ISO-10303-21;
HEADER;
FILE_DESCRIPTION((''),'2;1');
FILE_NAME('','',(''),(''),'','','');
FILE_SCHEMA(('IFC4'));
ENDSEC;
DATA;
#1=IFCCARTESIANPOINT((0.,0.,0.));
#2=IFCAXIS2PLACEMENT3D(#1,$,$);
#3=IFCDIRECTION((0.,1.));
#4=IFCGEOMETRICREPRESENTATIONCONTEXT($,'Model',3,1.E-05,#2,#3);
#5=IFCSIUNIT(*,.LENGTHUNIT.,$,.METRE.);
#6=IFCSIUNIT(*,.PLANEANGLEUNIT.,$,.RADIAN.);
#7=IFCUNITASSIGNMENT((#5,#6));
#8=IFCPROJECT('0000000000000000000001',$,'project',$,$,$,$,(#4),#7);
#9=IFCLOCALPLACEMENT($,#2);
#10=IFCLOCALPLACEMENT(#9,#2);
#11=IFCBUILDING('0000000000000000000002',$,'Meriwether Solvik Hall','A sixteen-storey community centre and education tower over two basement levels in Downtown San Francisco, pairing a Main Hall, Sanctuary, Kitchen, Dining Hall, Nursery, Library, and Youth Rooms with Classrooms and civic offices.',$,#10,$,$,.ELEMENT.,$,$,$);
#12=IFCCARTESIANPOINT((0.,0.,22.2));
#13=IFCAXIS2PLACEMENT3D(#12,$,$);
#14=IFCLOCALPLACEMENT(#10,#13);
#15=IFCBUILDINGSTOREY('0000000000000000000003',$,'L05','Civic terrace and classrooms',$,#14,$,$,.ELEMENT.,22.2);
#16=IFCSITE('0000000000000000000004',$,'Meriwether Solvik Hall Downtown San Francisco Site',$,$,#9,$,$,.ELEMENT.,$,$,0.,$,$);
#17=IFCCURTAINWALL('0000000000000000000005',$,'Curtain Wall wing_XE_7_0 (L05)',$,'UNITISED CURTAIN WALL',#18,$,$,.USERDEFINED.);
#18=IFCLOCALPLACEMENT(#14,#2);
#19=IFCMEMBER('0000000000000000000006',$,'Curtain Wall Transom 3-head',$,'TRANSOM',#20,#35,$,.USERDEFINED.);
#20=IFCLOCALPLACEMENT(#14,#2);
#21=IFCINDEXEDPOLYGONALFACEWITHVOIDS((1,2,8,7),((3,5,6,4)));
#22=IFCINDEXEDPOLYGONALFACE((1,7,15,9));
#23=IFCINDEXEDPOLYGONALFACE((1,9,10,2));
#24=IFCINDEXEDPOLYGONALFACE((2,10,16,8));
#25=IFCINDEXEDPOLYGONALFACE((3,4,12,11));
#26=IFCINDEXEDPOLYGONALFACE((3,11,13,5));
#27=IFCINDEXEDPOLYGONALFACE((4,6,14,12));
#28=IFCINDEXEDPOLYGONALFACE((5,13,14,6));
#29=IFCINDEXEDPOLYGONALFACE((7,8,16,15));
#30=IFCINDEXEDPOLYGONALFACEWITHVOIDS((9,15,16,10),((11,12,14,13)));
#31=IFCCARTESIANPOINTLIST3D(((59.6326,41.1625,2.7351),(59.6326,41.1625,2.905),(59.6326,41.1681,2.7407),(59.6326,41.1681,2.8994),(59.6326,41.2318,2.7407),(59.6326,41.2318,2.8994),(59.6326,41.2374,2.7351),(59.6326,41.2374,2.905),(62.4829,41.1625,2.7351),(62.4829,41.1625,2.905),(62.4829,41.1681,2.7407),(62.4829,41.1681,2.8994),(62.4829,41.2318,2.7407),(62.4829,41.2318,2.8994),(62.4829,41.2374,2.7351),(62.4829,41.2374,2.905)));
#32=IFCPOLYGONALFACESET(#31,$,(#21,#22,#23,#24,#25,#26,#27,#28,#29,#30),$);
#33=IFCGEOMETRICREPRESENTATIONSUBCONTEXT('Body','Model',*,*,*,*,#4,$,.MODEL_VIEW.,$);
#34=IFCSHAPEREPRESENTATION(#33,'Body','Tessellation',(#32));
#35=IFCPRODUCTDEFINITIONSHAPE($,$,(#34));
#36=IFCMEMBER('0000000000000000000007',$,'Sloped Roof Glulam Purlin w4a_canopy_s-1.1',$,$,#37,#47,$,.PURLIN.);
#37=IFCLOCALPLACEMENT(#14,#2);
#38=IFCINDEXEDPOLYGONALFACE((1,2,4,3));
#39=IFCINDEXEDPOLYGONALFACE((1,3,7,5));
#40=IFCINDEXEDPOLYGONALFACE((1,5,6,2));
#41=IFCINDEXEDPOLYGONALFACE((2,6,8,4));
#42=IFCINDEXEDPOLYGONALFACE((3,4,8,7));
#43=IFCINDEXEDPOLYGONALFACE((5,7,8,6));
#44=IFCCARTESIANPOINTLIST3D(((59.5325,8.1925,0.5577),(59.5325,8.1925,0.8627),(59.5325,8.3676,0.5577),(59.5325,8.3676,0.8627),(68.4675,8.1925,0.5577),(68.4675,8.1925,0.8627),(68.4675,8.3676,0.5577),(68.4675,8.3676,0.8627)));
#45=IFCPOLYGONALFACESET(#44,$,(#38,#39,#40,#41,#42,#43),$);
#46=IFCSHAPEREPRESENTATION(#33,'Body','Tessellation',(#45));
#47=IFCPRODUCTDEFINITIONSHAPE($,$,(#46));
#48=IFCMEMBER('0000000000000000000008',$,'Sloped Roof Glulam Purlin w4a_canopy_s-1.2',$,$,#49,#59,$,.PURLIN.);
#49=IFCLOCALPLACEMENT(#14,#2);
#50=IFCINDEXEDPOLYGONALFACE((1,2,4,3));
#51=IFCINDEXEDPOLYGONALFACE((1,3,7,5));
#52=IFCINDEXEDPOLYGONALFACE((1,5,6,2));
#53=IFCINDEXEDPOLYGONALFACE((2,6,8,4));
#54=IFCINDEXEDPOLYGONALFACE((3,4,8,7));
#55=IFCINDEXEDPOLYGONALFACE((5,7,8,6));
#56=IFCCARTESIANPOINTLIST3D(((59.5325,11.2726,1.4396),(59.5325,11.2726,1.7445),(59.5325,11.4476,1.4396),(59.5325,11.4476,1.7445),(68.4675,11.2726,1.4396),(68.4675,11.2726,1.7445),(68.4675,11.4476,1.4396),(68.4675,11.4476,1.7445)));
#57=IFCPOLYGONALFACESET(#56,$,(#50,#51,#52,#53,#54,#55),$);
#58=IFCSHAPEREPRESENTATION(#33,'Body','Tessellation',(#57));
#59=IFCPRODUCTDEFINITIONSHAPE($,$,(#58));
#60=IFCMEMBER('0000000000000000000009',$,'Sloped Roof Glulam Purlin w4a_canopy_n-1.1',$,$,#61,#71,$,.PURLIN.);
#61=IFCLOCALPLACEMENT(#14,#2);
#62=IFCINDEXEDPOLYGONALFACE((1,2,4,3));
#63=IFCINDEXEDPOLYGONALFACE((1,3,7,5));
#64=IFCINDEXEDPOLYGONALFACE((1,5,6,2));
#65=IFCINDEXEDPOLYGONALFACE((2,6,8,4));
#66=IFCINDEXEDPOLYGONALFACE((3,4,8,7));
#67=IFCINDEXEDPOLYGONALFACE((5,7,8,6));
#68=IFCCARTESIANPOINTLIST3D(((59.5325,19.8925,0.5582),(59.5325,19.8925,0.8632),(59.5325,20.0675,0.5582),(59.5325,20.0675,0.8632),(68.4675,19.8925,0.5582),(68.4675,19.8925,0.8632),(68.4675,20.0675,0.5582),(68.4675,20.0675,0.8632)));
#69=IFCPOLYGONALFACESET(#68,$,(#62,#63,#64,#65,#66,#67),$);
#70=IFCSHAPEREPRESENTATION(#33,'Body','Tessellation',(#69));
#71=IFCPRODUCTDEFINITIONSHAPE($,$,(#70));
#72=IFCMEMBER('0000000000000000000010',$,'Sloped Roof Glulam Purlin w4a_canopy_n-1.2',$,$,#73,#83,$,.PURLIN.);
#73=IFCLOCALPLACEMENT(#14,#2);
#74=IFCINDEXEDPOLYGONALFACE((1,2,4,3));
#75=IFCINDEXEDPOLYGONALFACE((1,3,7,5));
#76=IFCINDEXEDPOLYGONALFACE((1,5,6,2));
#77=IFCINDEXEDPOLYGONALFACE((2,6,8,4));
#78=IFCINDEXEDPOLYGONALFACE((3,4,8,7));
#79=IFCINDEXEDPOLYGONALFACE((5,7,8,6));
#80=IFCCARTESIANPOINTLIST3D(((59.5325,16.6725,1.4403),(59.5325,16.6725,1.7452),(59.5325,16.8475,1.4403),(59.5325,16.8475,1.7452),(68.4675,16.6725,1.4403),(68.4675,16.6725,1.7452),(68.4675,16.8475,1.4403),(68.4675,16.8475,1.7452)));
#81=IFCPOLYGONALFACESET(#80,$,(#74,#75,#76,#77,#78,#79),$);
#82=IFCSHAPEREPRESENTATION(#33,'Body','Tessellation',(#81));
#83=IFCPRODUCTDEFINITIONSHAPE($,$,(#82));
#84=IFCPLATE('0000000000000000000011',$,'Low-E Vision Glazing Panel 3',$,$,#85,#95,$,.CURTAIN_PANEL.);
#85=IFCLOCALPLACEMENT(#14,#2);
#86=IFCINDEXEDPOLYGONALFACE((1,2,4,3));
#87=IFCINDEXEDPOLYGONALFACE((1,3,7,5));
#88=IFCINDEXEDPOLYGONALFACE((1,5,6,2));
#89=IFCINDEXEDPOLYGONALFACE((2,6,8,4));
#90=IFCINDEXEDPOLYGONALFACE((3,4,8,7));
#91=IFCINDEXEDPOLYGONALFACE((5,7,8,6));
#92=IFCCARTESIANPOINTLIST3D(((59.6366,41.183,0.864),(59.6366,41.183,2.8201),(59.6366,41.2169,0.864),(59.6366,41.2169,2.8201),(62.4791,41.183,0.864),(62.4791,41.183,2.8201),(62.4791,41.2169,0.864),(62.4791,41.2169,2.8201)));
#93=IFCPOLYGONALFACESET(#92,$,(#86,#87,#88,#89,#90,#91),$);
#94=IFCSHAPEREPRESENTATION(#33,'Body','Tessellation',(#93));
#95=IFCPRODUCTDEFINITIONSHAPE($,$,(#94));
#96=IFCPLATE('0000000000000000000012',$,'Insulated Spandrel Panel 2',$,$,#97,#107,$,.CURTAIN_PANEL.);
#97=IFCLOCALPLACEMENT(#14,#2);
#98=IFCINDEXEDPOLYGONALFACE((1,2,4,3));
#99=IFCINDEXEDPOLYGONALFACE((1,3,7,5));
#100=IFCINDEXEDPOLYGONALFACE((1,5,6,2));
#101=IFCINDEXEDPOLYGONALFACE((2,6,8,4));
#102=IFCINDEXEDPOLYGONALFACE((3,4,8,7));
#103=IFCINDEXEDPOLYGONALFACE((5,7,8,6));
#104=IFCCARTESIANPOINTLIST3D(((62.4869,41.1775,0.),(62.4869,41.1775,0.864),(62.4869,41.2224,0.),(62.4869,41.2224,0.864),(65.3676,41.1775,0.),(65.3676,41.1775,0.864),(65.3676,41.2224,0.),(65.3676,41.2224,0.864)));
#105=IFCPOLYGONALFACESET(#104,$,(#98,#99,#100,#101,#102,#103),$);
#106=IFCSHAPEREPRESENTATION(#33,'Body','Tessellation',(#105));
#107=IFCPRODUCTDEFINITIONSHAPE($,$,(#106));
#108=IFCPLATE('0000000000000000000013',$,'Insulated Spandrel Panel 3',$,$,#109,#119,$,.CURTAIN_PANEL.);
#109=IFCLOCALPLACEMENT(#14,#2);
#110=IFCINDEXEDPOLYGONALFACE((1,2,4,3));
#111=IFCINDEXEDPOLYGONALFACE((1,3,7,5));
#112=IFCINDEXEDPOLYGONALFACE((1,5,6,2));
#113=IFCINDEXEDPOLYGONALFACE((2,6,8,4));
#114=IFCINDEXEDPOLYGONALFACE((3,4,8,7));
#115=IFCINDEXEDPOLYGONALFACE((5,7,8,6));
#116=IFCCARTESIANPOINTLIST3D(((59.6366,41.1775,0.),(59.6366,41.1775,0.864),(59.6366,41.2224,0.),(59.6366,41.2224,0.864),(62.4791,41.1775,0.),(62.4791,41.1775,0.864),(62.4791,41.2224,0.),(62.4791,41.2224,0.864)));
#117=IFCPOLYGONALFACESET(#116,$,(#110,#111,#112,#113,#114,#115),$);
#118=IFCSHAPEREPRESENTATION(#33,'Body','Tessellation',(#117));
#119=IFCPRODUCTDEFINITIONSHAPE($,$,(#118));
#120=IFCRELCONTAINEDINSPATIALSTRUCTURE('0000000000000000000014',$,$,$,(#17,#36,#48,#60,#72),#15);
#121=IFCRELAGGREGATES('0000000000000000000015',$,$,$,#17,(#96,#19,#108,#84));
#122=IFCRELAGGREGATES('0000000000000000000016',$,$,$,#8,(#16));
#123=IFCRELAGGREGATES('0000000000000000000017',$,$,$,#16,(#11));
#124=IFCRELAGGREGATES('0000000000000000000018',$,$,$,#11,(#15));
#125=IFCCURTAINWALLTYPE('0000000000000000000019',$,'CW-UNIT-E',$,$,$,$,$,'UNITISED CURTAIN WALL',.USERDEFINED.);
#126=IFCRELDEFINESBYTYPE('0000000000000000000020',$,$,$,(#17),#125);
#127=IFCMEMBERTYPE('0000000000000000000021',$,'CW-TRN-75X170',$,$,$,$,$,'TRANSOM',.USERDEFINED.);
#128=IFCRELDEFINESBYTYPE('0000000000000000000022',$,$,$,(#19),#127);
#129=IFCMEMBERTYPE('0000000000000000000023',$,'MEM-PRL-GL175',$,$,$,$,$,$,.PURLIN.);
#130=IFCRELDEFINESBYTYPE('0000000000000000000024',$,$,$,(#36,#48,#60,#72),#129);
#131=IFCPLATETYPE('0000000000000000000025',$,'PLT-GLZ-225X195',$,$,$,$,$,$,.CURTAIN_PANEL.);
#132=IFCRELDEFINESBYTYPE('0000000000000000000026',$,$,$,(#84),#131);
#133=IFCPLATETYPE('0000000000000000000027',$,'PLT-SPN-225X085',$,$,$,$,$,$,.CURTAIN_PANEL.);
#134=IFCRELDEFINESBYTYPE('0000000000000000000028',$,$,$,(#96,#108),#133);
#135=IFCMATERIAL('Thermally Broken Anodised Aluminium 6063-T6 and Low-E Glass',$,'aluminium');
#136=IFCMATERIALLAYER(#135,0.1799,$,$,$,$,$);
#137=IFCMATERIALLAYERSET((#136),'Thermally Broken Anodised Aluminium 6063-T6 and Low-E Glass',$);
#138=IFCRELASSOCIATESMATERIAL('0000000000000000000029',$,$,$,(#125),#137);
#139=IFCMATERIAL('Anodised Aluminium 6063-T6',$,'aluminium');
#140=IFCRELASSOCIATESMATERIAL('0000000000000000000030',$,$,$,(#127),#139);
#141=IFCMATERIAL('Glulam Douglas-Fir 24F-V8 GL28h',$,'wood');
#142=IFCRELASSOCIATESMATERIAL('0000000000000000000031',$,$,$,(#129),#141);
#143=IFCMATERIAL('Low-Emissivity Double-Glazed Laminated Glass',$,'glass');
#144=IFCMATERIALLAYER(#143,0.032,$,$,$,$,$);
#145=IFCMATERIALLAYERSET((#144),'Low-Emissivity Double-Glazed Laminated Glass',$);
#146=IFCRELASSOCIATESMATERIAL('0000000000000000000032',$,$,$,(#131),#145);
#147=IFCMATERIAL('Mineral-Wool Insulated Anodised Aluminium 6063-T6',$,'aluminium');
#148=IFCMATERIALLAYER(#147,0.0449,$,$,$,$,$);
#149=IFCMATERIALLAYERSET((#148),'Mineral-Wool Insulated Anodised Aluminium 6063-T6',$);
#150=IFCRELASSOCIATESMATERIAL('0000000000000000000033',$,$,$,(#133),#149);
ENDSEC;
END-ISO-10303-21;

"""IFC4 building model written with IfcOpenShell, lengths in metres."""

from ifc_helpers import new_model, si_unit, direction, frame, origin, origin_2d, place, context, subcontext, project, spatial, rectangle, hollow_rectangle, extrude, material, layer, layer_set, material_profile, profile_set, type_object, element, aggregate, save


model = new_model("IFC4")

# Units and contexts
model_context = context("Model", 3, precision=1e-05, world=origin(), true_north=direction((0.0, 1.0)))
body_context = subcontext(model_context, "Body", "Model", "MODEL_VIEW")
ifc_project = project(units=[si_unit("LENGTHUNIT", "METRE"), si_unit("PLANEANGLEUNIT", "RADIAN")], contexts=[model_context])

# Site, building, storey
site_placement = place(None, origin())
site = spatial("IfcSite", under=ifc_project, at=site_placement, Name="Meriwether Solvik Hall Downtown San Francisco Site", CompositionType="ELEMENT", RefElevation=0.0)
building_placement = place(site_placement, origin())
building = spatial("IfcBuilding", under=site, at=building_placement, Name="Meriwether Solvik Hall", Description="A sixteen-storey community centre and education tower over two basement levels in Downtown San Francisco, pairing a Main Hall, Sanctuary, Kitchen, Dining Hall, Nursery, Library, and Youth Rooms with Classrooms and civic offices.", CompositionType="ELEMENT")
storey_placement = place(building_placement, frame((0.0, 0.0, 22.2)))
storey = spatial("IfcBuildingStorey", under=building, at=storey_placement, Name="L05", Description="Civic terrace and classrooms", CompositionType="ELEMENT", Elevation=22.2)

# Curtain wall, member
ifc_material_1 = material(Name="Thermally Broken Anodised Aluminium 6063-T6 and Low-E Glass", Category="aluminium")
ifc_layer_1 = layer(ifc_material_1, 0.1799)
ifc_layer_set_1 = layer_set([ifc_layer_1], Name="Thermally Broken Anodised Aluminium 6063-T6 and Low-E Glass")
curtain_wall_type = type_object("IfcCurtainWallType", Name="CW-UNIT-E", ElementType="UNITISED CURTAIN WALL", PredefinedType="USERDEFINED", material=ifc_layer_set_1)
curtain_wall_placement = place(storey_placement, origin())
curtain_wall = element("IfcCurtainWall", 1, at=curtain_wall_placement, inside=storey, type_object=curtain_wall_type, Name="Curtain Wall wing_XE_7_0 (L05)", ObjectType="UNITISED CURTAIN WALL", PredefinedType="USERDEFINED")
ifc_material_2 = material(Name="Anodised Aluminium 6063-T6", Category="aluminium")
ifc_material_profile_1 = material_profile(ifc_material_2, hollow_rectangle(XDim=0.075, YDim=0.1699, WallThickness=0.0056, at=origin_2d()), Name="CWT-75X170")
ifc_profile_set_1 = profile_set([ifc_material_profile_1], Name="Anodised Aluminium 6063-T6")
member_type_1 = type_object("IfcMemberType", Name="CW-TRN-75X170", ElementType="TRANSOM", PredefinedType="USERDEFINED", material=ifc_profile_set_1)
member_1_placement = place(storey_placement, frame((62.4829, 41.2, 2.8201), z_axis=(-1.0, 0.0, 0.0), x_axis=(0.0, -1.0, 0.0)))
member_1 = element("IfcMember", 2, at=member_1_placement, type_object=member_type_1, Name="Curtain Wall Transom 3-head", ObjectType="TRANSOM", PredefinedType="USERDEFINED", context=body_context, shape_type="SweptSolid", body=[
    extrude(hollow_rectangle(XDim=0.075, YDim=0.1699, WallThickness=0.0056, at=origin_2d()), origin(), (0.0, 0.0, 1.0), 2.8503),
])

# Members
ifc_material_3 = material(Name="Glulam Douglas-Fir 24F-V8 GL28h", Category="wood")
ifc_material_profile_2 = material_profile(ifc_material_3, rectangle(XDim=0.175, YDim=0.3049, at=origin_2d()), Name="GLM-175X305")
ifc_profile_set_2 = profile_set([ifc_material_profile_2], Name="Glulam Douglas-Fir 24F-V8 GL28h")
member_type_2 = type_object("IfcMemberType", Name="MEM-PRL-GL175", PredefinedType="PURLIN", material=ifc_profile_set_2)
for number, where, z_axis, x_axis, name in (
    (3, (59.5325, 8.28, 0.7102), (1.0, 0.0, 0.0), (0.0, 1.0, 0.0), "Sloped Roof Glulam Purlin w4a_canopy_s-1.1"),
    (4, (59.5325, 11.3601, 1.592), (1.0, 0.0, 0.0), (0.0, 1.0, 0.0), "Sloped Roof Glulam Purlin w4a_canopy_s-1.2"),
    (5, (59.5325, 19.98, 0.7107), (1.0, 0.0, 0.0), (0.0, 1.0, 0.0), "Sloped Roof Glulam Purlin w4a_canopy_n-1.1"),
    (6, (59.5325, 16.76, 1.5928), (1.0, 0.0, 0.0), (0.0, 1.0, 0.0), "Sloped Roof Glulam Purlin w4a_canopy_n-1.2"),
):
    element("IfcMember", number, at=place(storey_placement, frame(where, z_axis=z_axis, x_axis=x_axis)), inside=storey, type_object=member_type_2, Name=name, PredefinedType="PURLIN", context=body_context, shape_type="SweptSolid", body=[
        extrude(rectangle(XDim=0.175, YDim=0.3049, at=origin_2d()), origin(), (0.0, 0.0, 1.0), 8.9351),
    ])

# Plates
ifc_material_4 = material(Name="Low-Emissivity Double-Glazed Laminated Glass", Category="glass")
ifc_layer_2 = layer(ifc_material_4, 0.032)
ifc_layer_set_2 = layer_set([ifc_layer_2], Name="Low-Emissivity Double-Glazed Laminated Glass")
plate_type_1 = type_object("IfcPlateType", Name="PLT-GLZ-225X195", PredefinedType="CURTAIN_PANEL", material=ifc_layer_set_2)
plate_1_placement = place(storey_placement, frame((61.0579, 41.2, 0.864), z_axis=(0.0, 0.0, 1.0), x_axis=(-1.0, 0.0, 0.0)))
plate_1 = element("IfcPlate", 7, at=plate_1_placement, type_object=plate_type_1, Name="Low-E Vision Glazing Panel 3", PredefinedType="CURTAIN_PANEL", context=body_context, shape_type="SweptSolid", body=[
    extrude(rectangle(XDim=2.8425, YDim=0.0339, at=origin_2d()), origin(), (0.0, 0.0, 1.0), 1.9561),
])
ifc_material_5 = material(Name="Mineral-Wool Insulated Anodised Aluminium 6063-T6", Category="aluminium")
ifc_layer_3 = layer(ifc_material_5, 0.0449)
ifc_layer_set_3 = layer_set([ifc_layer_3], Name="Mineral-Wool Insulated Anodised Aluminium 6063-T6")
plate_type_2 = type_object("IfcPlateType", Name="PLT-SPN-225X085", PredefinedType="CURTAIN_PANEL", material=ifc_layer_set_3)
plate_2_placement = place(storey_placement, frame((63.9272, 41.2, 0.0), z_axis=(0.0, 0.0, 1.0), x_axis=(-1.0, 0.0, 0.0)))
plate_2 = element("IfcPlate", 8, at=plate_2_placement, type_object=plate_type_2, Name="Insulated Spandrel Panel 2", PredefinedType="CURTAIN_PANEL", context=body_context, shape_type="SweptSolid", body=[
    extrude(rectangle(XDim=2.8806, YDim=0.0449, at=origin_2d()), origin(), (0.0, 0.0, 1.0), 0.864),
])
plate_3_placement = place(storey_placement, frame((61.0579, 41.2, 0.0), z_axis=(0.0, 0.0, 1.0), x_axis=(-1.0, 0.0, 0.0)))
plate_3 = element("IfcPlate", 9, at=plate_3_placement, type_object=plate_type_2, Name="Insulated Spandrel Panel 3", PredefinedType="CURTAIN_PANEL", context=body_context, shape_type="SweptSolid", body=[
    extrude(rectangle(XDim=2.8425, YDim=0.0449, at=origin_2d()), origin(), (0.0, 0.0, 1.0), 0.864),
])
aggregate(curtain_wall, [plate_2, member_1, plate_3, plate_1])

save(model, "model.ifc")
